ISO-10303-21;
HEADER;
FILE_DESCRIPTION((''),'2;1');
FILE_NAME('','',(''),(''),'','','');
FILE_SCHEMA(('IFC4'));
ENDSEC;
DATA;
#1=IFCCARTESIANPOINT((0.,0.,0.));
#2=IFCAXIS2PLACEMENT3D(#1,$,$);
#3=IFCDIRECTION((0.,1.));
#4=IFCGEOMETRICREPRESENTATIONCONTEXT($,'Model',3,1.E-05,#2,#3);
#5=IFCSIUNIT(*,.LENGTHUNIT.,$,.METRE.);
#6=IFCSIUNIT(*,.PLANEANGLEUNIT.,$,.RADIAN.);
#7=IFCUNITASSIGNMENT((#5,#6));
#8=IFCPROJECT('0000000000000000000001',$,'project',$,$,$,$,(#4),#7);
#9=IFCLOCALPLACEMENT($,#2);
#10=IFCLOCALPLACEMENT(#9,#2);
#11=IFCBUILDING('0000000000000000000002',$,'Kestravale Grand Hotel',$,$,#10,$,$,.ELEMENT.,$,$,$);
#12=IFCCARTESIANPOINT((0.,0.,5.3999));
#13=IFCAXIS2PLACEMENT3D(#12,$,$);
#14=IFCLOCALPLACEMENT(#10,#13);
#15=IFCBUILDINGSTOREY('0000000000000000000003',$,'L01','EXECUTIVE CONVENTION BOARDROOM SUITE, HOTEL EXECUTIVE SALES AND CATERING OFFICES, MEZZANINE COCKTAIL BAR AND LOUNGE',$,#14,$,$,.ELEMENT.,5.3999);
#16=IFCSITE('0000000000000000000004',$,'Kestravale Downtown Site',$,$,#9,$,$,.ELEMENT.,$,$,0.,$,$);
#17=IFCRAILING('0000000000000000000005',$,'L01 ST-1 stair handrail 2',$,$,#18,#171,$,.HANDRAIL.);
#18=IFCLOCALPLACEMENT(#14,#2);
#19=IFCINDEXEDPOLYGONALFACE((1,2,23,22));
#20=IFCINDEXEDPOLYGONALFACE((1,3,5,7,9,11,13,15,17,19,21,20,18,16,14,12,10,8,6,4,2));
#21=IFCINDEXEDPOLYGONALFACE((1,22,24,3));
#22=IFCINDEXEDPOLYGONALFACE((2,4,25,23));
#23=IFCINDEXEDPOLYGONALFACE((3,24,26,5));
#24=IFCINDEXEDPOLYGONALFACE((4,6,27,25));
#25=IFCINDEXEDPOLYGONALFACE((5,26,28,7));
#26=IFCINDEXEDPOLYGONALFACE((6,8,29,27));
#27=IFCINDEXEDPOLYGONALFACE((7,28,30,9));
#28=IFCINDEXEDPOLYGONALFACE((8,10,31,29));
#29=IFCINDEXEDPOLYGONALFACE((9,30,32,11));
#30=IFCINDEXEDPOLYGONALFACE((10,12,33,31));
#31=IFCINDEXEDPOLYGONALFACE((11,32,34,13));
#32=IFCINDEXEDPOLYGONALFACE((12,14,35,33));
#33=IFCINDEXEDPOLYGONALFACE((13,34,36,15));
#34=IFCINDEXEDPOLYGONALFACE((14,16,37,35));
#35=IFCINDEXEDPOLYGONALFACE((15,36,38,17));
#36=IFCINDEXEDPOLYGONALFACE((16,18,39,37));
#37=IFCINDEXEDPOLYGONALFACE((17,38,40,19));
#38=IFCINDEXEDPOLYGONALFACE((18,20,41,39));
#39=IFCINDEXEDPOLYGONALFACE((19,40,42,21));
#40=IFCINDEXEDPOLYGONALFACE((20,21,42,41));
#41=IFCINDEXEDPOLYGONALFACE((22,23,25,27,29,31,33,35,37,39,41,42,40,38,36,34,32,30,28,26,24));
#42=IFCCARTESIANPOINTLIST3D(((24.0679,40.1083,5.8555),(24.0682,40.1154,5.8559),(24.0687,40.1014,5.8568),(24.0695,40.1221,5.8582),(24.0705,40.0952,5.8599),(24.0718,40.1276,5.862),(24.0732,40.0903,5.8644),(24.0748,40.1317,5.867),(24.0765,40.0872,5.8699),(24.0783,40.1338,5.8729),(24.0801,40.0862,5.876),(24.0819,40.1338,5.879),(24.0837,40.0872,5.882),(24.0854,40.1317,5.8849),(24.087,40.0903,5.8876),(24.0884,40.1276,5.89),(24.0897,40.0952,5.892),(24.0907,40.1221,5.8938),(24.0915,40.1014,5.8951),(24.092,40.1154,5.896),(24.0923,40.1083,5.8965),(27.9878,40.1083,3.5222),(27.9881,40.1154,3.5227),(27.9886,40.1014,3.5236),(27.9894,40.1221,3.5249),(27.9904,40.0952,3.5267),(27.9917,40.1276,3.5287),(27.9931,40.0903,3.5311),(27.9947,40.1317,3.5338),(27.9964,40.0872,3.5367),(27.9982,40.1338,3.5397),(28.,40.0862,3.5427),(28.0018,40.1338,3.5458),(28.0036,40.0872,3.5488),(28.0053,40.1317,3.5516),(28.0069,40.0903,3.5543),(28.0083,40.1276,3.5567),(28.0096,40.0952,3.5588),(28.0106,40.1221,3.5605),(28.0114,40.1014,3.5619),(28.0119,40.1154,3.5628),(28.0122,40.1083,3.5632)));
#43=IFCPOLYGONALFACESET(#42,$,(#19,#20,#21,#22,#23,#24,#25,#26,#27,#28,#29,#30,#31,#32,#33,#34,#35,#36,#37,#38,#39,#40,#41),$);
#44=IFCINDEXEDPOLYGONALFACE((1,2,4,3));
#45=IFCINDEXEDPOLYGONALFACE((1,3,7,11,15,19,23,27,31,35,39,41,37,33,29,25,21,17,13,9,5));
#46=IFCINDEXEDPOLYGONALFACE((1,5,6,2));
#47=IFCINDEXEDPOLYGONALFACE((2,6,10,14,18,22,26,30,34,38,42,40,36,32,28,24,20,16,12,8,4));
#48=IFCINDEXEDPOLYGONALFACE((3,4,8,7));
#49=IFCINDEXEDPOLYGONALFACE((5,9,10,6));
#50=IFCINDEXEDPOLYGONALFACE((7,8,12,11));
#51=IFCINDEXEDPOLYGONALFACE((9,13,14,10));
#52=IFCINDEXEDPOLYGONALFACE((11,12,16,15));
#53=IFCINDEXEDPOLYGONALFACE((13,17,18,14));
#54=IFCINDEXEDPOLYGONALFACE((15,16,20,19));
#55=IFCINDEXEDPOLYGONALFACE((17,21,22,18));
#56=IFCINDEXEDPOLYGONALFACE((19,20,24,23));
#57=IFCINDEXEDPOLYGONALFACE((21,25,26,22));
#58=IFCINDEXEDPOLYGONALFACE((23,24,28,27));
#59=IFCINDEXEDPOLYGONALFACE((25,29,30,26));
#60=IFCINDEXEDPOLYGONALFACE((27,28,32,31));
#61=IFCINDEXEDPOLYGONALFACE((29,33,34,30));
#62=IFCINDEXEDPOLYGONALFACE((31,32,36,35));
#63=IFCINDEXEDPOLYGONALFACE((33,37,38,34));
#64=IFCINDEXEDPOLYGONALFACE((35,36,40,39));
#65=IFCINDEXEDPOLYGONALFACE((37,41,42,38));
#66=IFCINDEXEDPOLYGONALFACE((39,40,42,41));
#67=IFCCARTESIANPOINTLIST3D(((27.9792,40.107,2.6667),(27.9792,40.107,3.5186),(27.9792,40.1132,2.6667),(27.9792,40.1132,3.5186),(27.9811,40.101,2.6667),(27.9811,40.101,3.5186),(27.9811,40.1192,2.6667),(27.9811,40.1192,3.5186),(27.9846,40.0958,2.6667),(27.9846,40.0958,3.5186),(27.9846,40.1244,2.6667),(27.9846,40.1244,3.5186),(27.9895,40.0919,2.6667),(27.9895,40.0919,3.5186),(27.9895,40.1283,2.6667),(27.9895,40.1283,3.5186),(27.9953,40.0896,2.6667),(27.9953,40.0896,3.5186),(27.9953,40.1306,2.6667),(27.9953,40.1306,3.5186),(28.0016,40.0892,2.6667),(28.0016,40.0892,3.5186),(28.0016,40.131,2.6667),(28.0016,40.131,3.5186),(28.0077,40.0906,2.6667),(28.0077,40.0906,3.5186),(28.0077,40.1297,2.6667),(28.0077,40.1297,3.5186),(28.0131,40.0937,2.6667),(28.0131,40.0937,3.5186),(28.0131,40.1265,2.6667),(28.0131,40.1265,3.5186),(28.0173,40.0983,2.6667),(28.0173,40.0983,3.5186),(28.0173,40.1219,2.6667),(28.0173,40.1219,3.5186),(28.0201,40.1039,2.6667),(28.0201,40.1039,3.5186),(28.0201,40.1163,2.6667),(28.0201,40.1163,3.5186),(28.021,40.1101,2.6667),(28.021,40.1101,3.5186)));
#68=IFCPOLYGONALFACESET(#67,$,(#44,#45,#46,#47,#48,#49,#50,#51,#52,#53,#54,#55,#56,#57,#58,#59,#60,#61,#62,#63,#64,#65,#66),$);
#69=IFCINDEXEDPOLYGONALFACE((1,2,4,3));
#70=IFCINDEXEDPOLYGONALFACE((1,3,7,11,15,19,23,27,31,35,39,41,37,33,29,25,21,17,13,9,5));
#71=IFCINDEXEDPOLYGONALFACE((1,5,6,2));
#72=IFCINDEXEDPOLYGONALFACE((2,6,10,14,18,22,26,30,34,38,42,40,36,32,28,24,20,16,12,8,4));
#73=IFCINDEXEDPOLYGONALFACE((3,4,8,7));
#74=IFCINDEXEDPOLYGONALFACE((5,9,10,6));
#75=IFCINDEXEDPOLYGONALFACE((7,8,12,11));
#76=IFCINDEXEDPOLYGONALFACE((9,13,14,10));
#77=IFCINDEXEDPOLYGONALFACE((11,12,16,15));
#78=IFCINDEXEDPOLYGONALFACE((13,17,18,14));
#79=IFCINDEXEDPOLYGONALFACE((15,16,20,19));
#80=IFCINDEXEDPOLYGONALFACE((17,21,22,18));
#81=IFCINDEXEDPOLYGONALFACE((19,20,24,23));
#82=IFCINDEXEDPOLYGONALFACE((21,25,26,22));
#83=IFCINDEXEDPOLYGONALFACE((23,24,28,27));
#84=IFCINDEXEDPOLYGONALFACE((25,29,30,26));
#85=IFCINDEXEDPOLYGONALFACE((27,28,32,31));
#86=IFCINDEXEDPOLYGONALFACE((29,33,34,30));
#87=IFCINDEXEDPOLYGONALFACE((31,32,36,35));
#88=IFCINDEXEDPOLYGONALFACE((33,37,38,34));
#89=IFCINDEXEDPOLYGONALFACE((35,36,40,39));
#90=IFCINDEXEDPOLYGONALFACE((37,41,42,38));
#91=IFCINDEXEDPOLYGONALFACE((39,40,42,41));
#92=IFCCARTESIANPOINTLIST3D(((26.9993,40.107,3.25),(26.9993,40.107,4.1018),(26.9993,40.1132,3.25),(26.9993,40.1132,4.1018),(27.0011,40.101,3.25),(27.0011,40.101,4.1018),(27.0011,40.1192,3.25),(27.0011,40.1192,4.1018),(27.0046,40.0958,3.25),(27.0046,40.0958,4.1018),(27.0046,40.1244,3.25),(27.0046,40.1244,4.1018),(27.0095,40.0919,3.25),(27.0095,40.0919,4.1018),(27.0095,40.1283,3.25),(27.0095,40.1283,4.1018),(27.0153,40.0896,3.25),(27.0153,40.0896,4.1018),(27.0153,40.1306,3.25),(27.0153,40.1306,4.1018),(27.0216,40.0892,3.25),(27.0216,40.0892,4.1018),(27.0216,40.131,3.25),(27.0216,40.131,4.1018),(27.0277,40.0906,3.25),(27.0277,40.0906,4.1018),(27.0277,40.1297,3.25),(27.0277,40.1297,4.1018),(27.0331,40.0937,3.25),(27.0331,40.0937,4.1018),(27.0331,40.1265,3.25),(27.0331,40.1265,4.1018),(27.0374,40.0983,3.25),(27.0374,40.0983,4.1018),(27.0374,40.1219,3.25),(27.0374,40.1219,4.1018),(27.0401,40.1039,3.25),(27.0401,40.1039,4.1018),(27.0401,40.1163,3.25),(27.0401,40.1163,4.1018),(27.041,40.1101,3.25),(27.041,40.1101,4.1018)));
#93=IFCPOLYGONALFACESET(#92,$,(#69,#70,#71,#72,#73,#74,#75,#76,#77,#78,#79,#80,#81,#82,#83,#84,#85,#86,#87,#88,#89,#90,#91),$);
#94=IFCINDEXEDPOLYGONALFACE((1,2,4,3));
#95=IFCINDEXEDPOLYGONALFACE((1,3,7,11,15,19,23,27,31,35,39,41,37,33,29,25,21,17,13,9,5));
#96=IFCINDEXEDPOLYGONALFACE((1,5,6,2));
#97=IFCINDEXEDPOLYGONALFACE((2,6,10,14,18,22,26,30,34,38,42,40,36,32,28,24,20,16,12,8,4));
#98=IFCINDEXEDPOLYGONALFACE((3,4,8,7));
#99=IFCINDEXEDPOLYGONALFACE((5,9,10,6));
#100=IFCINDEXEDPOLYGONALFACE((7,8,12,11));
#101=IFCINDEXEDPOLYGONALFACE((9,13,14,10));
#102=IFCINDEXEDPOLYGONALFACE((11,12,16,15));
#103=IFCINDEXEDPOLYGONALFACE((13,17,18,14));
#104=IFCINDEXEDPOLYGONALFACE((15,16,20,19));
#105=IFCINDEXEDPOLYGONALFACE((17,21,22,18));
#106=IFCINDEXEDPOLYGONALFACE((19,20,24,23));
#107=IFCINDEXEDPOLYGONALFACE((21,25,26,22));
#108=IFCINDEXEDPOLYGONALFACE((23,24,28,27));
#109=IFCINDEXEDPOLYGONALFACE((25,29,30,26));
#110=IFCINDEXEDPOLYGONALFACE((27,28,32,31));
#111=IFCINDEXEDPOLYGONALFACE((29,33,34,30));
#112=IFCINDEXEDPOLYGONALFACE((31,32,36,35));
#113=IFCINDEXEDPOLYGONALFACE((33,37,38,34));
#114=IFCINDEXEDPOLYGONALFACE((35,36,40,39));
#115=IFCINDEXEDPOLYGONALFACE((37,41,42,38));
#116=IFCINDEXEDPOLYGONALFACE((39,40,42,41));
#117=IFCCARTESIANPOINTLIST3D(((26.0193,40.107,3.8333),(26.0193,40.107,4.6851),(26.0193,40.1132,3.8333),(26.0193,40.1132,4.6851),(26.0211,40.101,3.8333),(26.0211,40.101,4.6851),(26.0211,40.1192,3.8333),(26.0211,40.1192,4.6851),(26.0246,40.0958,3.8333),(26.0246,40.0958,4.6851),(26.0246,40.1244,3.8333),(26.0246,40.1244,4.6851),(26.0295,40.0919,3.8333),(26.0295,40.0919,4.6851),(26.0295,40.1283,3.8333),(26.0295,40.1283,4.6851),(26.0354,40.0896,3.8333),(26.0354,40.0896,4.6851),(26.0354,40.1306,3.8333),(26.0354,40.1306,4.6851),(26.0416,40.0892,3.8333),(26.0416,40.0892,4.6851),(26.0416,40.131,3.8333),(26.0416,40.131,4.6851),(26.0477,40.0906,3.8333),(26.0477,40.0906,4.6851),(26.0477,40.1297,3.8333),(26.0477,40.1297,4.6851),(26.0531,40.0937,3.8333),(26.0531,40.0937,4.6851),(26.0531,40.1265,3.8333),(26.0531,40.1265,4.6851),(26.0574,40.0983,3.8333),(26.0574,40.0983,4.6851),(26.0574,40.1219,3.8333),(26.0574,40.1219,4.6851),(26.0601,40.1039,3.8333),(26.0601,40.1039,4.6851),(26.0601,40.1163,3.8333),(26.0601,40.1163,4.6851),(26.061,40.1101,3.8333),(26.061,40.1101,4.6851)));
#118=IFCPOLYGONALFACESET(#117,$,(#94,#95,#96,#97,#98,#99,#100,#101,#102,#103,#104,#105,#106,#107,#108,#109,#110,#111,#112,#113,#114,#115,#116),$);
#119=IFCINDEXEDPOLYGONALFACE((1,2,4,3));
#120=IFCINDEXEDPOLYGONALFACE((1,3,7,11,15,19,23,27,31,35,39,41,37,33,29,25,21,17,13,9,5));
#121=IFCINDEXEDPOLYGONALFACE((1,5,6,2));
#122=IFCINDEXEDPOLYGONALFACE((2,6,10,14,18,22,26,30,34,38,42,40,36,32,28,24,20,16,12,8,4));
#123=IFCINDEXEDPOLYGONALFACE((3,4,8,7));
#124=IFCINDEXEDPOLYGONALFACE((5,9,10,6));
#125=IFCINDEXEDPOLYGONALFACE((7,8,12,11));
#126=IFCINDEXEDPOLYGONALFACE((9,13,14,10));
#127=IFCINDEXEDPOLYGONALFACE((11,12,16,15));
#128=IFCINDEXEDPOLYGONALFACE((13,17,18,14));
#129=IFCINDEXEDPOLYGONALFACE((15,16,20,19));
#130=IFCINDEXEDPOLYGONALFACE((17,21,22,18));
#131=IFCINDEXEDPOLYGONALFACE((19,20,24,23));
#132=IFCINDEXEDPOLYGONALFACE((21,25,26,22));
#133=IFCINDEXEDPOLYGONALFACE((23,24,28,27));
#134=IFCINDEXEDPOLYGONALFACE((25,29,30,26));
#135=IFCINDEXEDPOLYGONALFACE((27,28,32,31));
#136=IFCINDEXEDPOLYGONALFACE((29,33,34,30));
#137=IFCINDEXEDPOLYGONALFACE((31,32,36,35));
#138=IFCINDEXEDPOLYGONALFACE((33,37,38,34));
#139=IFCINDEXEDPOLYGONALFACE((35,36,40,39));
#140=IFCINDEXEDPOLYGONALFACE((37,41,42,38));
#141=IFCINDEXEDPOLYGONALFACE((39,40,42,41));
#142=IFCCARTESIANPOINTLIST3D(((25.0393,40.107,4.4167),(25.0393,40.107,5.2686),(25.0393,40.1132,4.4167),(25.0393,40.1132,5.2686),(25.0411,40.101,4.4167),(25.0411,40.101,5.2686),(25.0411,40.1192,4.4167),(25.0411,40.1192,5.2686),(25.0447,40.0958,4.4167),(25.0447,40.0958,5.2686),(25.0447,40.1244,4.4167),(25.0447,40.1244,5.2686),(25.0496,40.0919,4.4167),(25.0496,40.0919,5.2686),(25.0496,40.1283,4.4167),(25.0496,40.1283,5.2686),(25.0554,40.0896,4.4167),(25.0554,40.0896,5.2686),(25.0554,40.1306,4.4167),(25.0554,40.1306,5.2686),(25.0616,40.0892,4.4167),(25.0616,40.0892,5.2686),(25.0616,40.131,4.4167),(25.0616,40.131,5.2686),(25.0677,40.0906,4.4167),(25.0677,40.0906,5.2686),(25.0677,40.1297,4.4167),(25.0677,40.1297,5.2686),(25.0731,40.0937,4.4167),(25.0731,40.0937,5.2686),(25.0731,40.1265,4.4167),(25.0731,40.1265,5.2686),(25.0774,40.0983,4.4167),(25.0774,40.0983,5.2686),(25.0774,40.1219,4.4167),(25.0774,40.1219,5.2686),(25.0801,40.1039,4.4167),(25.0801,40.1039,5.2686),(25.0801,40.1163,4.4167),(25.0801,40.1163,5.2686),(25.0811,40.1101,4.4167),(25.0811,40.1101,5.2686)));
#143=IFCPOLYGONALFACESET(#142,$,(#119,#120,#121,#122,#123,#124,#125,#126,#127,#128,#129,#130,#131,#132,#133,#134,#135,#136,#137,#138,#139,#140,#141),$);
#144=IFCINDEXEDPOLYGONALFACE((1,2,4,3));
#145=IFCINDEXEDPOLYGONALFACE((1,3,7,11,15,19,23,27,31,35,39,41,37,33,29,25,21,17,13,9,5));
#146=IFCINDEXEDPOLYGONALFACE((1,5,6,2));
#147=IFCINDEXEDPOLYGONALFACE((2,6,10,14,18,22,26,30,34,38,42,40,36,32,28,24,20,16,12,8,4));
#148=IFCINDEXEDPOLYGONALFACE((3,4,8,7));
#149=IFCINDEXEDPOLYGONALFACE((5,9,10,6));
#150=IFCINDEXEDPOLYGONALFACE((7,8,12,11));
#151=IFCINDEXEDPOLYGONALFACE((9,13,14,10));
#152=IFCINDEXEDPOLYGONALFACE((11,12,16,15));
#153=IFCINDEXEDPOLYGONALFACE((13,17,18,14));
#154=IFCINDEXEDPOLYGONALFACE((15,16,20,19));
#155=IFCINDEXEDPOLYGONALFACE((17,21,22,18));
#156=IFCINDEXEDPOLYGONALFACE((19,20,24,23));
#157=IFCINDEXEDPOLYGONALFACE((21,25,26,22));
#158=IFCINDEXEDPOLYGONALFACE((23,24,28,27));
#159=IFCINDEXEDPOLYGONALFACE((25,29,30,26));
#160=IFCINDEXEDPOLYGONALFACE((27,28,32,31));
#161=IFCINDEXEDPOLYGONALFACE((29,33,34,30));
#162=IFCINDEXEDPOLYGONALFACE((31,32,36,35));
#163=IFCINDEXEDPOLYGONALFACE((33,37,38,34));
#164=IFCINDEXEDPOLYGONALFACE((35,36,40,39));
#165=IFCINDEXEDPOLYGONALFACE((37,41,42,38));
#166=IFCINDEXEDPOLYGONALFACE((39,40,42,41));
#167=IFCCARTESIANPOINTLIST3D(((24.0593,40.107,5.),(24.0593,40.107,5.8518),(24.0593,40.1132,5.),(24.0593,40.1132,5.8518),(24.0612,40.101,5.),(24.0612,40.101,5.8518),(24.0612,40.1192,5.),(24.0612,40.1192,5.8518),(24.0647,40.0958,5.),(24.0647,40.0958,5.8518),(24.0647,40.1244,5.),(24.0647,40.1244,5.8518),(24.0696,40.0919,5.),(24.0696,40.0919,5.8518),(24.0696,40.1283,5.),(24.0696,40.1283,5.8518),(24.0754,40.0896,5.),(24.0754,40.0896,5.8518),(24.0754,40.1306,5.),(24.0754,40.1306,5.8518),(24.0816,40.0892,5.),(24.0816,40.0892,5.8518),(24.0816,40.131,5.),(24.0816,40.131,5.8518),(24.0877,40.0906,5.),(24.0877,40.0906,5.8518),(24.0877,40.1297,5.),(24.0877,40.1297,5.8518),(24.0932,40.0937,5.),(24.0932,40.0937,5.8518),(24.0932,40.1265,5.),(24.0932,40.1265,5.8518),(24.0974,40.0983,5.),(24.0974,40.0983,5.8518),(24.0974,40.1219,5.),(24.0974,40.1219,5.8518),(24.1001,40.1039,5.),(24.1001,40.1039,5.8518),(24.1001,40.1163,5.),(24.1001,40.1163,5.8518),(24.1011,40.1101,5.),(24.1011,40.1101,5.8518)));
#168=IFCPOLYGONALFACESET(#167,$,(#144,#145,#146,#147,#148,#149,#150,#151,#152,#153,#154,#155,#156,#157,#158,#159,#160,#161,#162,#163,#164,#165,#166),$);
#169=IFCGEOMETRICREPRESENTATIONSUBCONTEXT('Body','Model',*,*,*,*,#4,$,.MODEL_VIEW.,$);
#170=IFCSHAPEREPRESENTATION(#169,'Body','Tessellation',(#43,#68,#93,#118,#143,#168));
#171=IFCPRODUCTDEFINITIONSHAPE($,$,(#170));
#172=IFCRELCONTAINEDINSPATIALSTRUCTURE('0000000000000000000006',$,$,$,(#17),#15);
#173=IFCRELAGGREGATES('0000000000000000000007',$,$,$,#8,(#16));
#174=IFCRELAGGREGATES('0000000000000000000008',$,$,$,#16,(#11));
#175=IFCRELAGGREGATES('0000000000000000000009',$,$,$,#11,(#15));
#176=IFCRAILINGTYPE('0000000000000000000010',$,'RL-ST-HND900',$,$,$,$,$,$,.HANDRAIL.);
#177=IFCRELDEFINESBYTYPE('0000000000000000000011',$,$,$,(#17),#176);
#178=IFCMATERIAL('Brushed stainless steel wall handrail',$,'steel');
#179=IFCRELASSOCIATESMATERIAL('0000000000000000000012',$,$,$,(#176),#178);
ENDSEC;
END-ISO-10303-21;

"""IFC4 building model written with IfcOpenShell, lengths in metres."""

from ifc_helpers import new_model, si_unit, direction, frame, origin, origin_2d, place, context, subcontext, project, spatial, circle, extrude, material, type_object, element, save


model = new_model("IFC4")

# Units and contexts
model_context = context("Model", 3, precision=1e-05, world=origin(), true_north=direction((0.0, 1.0)))
body_context = subcontext(model_context, "Body", "Model", "MODEL_VIEW")
ifc_project = project(units=[si_unit("LENGTHUNIT", "METRE"), si_unit("PLANEANGLEUNIT", "RADIAN")], contexts=[model_context])

# Site, building, storey
site_placement = place(None, origin())
site = spatial("IfcSite", under=ifc_project, at=site_placement, Name="Kestravale Downtown Site", CompositionType="ELEMENT", RefElevation=0.0)
building_placement = place(site_placement, origin())
building = spatial("IfcBuilding", under=site, at=building_placement, Name="Kestravale Grand Hotel", CompositionType="ELEMENT")
storey_placement = place(building_placement, frame((0.0, 0.0, 5.3999)))
storey = spatial("IfcBuildingStorey", under=building, at=storey_placement, Name="L01", Description="EXECUTIVE CONVENTION BOARDROOM SUITE, HOTEL EXECUTIVE SALES AND CATERING OFFICES, MEZZANINE COCKTAIL BAR AND LOUNGE", CompositionType="ELEMENT", Elevation=5.3999)

# Railing
ifc_material_1 = material(Name="Brushed stainless steel wall handrail", Category="steel")
railing_type_1 = type_object("IfcRailingType", Name="RL-ST-HND900", PredefinedType="HANDRAIL", material=ifc_material_1)
railing_1_placement = place(storey_placement, frame((28.0, 40.1101, 2.6667)))
element("IfcRailing", 1, at=railing_1_placement, inside=storey, type_object=railing_type_1, Name="L01 ST-1 stair handrail 2", PredefinedType="HANDRAIL", context=body_context, shape_type="SweptSolid", body=[
    extrude(circle(Radius=0.0239, at=origin_2d()), frame((0.0, 0.0, 0.876), z_axis=(-0.859296, 0.0, 0.511478), x_axis=(0.0, -1.0, 0.0)), (0.0, 0.0, 1.0), 4.5618),
    extrude(circle(Radius=0.021, at=origin_2d()), origin(), (0.0, 0.0, 1.0), 0.8518),
    extrude(circle(Radius=0.021, at=origin_2d()), frame((-0.98, 0.0, 0.5833)), (0.0, 0.0, 1.0), 0.8518),
    extrude(circle(Radius=0.021, at=origin_2d()), frame((-1.96, 0.0, 1.1665)), (0.0, 0.0, 1.0), 0.8518),
    extrude(circle(Radius=0.021, at=origin_2d()), frame((-2.9399, 0.0, 1.75)), (0.0, 0.0, 1.0), 0.8518),
    extrude(circle(Radius=0.021, at=origin_2d()), frame((-3.9199, 0.0, 2.3333)), (0.0, 0.0, 1.0), 0.8518),
])

save(model, "model.ifc")
